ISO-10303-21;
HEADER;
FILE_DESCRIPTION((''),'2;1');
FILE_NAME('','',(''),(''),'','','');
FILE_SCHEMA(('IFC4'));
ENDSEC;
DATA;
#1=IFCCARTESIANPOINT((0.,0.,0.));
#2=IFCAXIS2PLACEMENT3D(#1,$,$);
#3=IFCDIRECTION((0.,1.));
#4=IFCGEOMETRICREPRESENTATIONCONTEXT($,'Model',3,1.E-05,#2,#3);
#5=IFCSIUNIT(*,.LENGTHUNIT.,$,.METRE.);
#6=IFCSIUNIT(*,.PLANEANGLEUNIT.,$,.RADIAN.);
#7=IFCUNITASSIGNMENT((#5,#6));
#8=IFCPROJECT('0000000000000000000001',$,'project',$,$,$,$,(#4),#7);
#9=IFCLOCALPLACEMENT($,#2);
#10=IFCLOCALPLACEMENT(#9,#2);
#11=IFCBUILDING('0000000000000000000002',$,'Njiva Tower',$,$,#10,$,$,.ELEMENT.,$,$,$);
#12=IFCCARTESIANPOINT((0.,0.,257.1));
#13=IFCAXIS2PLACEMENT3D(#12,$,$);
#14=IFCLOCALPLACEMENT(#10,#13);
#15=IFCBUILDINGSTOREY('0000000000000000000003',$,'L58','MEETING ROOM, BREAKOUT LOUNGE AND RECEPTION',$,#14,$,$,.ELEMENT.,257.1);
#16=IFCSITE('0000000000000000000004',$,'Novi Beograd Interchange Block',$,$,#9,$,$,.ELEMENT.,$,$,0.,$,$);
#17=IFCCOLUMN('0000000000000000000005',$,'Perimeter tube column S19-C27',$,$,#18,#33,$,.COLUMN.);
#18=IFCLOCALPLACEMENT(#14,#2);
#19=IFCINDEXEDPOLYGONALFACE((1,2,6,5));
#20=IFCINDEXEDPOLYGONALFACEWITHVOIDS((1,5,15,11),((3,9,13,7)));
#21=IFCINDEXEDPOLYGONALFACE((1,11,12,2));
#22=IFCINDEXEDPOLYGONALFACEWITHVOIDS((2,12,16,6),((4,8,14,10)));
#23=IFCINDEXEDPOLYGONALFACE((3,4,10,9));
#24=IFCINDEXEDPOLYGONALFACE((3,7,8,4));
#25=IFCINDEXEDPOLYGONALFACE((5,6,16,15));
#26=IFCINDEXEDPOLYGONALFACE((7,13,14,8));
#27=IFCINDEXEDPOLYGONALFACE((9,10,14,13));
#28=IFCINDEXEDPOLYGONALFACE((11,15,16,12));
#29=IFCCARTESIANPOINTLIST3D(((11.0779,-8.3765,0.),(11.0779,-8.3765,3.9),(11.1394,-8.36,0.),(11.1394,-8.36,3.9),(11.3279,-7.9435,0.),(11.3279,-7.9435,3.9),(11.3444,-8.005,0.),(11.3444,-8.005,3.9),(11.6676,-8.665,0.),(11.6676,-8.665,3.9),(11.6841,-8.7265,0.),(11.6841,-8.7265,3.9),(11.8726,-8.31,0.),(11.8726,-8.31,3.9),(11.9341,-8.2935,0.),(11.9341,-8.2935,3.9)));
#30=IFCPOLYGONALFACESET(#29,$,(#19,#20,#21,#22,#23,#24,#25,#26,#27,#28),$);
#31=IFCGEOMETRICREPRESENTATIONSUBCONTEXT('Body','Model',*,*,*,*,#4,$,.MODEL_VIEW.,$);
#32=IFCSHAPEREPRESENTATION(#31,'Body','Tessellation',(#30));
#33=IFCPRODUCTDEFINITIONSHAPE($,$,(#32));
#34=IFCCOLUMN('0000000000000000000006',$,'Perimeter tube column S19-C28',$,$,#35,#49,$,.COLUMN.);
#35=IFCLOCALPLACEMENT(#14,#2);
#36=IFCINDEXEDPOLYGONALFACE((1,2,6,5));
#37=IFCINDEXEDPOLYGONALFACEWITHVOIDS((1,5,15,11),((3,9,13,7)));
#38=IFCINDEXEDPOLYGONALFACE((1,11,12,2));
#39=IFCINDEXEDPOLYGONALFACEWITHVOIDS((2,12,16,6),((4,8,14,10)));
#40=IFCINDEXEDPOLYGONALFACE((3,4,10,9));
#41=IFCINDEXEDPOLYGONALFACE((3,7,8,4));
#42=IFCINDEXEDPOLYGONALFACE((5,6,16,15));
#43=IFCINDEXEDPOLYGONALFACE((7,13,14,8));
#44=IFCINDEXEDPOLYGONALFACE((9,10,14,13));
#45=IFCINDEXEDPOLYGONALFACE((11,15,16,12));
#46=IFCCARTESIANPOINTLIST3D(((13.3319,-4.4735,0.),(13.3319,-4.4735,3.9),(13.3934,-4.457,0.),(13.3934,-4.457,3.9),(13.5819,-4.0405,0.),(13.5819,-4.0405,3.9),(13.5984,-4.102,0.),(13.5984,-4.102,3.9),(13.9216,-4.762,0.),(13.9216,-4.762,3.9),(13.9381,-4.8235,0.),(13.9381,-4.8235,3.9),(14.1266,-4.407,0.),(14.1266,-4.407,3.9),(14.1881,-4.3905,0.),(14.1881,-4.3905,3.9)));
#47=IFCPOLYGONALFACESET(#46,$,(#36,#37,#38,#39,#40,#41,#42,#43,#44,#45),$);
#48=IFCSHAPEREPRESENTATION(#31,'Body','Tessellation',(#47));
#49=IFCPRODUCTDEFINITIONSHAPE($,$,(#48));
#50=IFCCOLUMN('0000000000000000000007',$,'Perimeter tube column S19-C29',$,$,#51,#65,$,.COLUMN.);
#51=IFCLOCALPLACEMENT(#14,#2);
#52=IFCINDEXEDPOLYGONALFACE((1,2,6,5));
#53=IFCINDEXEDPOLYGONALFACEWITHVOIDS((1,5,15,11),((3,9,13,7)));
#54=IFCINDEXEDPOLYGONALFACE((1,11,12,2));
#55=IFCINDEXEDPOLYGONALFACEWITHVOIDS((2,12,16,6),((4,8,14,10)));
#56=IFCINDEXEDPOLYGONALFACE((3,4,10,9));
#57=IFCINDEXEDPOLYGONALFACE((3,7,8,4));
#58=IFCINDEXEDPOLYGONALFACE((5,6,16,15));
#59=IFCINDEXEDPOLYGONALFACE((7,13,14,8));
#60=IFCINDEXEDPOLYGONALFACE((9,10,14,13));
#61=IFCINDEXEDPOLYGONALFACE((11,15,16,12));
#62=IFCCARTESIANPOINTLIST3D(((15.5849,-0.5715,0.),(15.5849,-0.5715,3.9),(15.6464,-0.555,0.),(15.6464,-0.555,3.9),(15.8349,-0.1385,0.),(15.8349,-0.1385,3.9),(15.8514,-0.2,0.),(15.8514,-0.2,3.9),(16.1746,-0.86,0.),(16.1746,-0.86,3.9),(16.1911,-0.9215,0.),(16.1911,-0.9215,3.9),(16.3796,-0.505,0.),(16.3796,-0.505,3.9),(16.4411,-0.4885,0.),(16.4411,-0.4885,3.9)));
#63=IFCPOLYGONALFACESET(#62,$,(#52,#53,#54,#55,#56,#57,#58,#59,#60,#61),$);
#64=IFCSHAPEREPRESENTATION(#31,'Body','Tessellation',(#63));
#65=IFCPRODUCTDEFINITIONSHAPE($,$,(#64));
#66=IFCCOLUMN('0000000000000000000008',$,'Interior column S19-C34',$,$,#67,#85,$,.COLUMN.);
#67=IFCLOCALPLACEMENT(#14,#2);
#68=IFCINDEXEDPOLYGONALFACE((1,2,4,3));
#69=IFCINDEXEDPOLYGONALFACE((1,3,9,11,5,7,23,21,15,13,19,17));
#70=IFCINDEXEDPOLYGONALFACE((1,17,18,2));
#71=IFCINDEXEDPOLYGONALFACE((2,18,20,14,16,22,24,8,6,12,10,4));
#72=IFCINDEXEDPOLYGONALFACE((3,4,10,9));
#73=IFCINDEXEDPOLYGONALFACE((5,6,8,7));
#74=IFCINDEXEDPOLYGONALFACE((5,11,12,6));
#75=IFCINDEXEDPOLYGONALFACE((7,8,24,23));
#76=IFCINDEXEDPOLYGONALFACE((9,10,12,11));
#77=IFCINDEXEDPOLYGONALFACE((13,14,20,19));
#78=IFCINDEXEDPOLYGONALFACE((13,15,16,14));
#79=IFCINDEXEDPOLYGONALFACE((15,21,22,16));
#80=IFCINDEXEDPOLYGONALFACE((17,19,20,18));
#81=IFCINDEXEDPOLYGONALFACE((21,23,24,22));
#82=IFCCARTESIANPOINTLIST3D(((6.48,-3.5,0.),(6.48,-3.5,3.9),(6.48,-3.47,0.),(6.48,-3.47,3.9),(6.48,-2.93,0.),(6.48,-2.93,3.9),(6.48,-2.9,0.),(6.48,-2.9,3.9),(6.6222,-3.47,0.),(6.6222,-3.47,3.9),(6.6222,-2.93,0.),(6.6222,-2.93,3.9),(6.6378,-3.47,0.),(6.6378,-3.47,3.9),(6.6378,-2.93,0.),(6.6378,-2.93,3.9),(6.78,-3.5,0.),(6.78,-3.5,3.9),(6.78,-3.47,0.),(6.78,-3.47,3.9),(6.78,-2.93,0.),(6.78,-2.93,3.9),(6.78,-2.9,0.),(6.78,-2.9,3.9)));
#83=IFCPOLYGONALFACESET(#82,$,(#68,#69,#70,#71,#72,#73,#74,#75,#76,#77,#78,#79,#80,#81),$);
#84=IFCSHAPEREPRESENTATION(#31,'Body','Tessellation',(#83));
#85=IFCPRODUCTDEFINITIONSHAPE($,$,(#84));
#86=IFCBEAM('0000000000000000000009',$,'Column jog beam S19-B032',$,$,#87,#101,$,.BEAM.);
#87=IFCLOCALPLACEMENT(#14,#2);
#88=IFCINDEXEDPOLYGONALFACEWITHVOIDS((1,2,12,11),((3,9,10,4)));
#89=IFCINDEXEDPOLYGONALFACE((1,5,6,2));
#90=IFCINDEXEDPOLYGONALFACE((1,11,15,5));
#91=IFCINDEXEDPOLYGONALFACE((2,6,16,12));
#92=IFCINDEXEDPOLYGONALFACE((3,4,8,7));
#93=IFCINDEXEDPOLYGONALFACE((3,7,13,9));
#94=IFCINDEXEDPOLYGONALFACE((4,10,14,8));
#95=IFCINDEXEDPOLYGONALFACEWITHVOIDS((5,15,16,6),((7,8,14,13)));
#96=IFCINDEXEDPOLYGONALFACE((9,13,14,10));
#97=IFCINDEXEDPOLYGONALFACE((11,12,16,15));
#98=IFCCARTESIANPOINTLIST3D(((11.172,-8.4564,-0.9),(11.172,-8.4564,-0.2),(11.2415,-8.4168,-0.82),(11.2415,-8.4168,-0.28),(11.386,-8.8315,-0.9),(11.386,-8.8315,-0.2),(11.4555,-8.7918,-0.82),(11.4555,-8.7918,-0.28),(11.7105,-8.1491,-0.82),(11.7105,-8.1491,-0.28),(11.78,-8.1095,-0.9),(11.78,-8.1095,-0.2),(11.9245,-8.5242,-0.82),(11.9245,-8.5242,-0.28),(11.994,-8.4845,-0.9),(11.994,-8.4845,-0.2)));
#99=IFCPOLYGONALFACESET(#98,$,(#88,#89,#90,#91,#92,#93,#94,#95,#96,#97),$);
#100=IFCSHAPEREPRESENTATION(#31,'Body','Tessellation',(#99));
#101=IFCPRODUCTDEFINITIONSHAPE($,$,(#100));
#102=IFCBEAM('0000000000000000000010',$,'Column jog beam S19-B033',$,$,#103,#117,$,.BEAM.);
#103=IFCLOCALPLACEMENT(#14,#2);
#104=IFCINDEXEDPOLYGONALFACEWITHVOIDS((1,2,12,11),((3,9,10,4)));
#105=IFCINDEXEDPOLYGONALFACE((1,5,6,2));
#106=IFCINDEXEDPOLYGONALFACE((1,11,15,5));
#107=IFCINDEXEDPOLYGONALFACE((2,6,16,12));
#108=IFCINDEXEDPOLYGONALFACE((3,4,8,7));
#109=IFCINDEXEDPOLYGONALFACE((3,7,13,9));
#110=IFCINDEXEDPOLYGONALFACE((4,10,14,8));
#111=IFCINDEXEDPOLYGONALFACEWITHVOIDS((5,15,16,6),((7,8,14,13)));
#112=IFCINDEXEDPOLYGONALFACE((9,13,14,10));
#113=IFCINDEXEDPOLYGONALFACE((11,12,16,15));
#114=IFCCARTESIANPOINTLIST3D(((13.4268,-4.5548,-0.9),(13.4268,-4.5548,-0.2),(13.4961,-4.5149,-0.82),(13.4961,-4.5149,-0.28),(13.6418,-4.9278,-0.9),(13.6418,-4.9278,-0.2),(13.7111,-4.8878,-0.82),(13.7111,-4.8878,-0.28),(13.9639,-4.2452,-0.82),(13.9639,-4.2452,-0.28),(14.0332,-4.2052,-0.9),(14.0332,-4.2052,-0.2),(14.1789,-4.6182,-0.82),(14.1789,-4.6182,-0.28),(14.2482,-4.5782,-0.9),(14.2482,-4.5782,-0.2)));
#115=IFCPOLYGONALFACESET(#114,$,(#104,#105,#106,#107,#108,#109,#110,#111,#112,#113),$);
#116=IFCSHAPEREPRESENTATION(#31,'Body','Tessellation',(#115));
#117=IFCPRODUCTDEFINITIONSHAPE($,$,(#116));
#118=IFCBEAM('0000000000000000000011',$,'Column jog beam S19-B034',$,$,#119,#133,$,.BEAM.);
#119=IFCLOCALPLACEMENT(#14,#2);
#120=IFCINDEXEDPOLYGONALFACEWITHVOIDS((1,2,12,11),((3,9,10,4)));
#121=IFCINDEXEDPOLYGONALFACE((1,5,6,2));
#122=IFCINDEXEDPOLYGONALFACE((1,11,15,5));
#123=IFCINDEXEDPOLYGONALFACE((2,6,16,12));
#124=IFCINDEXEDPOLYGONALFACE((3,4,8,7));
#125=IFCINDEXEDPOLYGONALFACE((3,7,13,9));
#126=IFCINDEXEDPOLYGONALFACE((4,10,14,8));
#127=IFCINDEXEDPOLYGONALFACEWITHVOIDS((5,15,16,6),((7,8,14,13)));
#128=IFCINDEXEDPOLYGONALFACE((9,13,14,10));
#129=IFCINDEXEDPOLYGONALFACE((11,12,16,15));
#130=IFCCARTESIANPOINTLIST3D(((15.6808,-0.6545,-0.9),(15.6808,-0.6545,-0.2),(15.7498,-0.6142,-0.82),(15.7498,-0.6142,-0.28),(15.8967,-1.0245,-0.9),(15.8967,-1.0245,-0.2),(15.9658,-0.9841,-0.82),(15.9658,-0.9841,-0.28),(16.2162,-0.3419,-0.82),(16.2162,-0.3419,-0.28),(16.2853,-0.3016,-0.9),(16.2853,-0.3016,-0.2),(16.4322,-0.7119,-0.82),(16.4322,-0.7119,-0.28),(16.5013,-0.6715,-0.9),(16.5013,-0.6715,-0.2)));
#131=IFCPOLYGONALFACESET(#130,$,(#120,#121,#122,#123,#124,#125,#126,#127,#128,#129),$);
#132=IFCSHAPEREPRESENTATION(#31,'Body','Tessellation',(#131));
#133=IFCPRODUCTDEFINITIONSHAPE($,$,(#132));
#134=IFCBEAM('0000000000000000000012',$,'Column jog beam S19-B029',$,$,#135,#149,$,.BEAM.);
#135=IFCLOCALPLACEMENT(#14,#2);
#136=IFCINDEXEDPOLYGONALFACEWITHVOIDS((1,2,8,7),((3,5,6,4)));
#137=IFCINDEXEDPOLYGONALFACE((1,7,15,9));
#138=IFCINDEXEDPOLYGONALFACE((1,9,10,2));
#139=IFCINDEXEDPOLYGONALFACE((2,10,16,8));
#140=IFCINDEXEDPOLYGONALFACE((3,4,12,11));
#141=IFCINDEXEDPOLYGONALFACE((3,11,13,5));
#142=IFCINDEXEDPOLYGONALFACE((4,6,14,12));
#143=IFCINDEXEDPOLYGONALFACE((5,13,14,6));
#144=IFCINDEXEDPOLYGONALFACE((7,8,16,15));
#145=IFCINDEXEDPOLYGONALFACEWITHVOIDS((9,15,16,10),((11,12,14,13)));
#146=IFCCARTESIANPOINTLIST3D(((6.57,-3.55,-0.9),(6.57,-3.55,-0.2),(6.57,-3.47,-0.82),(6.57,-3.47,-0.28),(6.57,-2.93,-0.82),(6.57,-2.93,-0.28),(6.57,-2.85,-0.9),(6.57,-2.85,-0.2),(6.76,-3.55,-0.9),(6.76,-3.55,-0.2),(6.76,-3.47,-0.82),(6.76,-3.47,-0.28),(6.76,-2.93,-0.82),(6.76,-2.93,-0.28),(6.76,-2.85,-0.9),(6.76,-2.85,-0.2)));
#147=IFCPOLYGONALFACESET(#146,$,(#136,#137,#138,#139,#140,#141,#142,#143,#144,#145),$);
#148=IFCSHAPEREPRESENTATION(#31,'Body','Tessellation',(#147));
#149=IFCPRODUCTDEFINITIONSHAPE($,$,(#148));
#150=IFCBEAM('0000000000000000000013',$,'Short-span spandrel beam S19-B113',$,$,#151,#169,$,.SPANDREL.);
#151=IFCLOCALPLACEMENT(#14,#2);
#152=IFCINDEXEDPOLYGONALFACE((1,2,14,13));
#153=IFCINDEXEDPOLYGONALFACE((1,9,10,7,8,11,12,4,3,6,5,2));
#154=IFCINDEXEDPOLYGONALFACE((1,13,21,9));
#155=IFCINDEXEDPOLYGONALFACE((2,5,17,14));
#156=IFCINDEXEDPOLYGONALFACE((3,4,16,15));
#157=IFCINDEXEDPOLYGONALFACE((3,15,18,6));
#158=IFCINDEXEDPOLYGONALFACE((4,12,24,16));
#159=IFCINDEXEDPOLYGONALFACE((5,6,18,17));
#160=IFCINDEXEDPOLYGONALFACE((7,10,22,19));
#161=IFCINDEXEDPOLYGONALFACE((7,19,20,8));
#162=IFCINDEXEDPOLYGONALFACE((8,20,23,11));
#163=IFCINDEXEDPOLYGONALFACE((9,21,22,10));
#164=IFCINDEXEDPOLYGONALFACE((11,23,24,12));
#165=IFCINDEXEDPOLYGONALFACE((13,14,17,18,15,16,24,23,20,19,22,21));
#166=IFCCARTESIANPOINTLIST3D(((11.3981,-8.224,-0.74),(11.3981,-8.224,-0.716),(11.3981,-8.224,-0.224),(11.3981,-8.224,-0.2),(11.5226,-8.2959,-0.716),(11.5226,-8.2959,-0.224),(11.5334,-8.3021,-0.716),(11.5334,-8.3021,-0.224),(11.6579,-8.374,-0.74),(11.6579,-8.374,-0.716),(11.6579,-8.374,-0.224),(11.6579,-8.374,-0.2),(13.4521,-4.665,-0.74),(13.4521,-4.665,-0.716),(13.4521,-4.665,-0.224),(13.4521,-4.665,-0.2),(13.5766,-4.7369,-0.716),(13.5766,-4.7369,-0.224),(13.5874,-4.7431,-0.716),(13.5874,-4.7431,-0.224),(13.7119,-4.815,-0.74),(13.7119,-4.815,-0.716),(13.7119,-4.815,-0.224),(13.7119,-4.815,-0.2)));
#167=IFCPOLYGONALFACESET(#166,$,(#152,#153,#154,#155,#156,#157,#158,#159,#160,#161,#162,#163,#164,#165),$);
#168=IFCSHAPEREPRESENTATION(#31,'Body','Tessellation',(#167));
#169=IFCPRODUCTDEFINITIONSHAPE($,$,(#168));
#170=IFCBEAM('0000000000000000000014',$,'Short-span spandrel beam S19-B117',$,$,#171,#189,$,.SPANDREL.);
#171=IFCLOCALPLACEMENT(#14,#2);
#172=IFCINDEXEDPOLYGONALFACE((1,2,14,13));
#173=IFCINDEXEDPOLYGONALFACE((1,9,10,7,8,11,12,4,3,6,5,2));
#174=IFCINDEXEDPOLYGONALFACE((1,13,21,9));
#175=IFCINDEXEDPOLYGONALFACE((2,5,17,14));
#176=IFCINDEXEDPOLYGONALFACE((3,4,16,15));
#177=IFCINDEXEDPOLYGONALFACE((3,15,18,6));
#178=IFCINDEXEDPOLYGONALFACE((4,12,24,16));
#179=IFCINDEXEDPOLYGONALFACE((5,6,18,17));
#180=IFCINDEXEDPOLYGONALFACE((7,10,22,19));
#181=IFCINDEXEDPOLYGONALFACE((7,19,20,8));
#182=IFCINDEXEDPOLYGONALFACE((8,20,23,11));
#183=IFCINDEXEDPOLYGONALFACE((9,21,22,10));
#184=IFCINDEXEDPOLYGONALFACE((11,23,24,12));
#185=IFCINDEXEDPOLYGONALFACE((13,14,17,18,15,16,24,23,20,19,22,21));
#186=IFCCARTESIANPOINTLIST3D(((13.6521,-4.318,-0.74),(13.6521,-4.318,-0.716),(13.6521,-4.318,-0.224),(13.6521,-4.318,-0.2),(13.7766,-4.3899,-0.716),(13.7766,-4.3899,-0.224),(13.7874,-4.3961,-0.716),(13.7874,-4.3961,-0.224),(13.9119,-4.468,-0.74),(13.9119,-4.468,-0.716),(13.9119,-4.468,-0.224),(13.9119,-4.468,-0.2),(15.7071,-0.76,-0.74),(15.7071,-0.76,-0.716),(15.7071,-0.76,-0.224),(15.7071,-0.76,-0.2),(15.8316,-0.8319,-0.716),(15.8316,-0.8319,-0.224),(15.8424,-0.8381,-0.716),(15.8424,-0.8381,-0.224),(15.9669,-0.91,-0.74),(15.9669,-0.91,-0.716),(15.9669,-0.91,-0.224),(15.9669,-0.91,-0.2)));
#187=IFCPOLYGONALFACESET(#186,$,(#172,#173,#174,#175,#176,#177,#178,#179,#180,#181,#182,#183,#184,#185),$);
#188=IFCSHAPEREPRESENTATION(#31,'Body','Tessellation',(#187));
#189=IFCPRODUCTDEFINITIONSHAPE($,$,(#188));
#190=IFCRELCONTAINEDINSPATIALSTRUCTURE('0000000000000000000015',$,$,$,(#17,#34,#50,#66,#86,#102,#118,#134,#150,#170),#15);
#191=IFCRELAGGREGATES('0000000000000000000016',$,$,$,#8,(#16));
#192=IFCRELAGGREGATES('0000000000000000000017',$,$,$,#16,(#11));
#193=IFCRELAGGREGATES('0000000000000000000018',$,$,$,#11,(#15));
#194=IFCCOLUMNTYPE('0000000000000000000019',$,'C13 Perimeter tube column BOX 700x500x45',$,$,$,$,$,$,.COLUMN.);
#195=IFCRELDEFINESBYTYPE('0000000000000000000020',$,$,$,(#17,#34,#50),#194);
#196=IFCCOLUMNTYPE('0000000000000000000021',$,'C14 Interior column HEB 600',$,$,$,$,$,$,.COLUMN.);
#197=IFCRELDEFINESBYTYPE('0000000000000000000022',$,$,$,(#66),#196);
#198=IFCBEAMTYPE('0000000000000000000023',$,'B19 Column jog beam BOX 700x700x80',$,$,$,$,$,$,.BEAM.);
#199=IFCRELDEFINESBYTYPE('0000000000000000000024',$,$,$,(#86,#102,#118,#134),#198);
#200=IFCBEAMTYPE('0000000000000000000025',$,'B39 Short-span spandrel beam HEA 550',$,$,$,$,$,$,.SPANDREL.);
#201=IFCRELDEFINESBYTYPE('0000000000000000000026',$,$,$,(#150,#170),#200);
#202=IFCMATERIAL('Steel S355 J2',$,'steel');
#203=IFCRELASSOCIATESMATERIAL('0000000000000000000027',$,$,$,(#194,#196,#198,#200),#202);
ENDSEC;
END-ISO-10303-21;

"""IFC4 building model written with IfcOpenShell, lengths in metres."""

from ifc_helpers import new_model, si_unit, direction, frame, origin, origin_2d, place, context, subcontext, project, spatial, hollow_rectangle, i_section, extrude, material, material_profile, profile_set, type_object, element, save


model = new_model("IFC4")

# Units and contexts
model_context = context("Model", 3, precision=1e-05, world=origin(), true_north=direction((0.0, 1.0)))
body_context = subcontext(model_context, "Body", "Model", "MODEL_VIEW")
ifc_project = project(units=[si_unit("LENGTHUNIT", "METRE"), si_unit("PLANEANGLEUNIT", "RADIAN")], contexts=[model_context])

# Site, building, storey
site_placement = place(None, origin())
site = spatial("IfcSite", under=ifc_project, at=site_placement, Name="Novi Beograd Interchange Block", CompositionType="ELEMENT", RefElevation=0.0)
building_placement = place(site_placement, origin())
building = spatial("IfcBuilding", under=site, at=building_placement, Name="Njiva Tower", CompositionType="ELEMENT")
storey_placement = place(building_placement, frame((0.0, 0.0, 257.1)))
storey = spatial("IfcBuildingStorey", under=building, at=storey_placement, Name="L58", Description="MEETING ROOM, BREAKOUT LOUNGE AND RECEPTION", CompositionType="ELEMENT", Elevation=257.1)

# Columns
ifc_material_1 = material(Name="Steel S355 J2", Category="steel")
ifc_material_profile_1 = material_profile(ifc_material_1, hollow_rectangle(XDim=0.5, YDim=0.7, WallThickness=0.045, at=origin_2d()), Name="BOX 700x500x45")
ifc_profile_set_1 = profile_set([ifc_material_profile_1], Name="Steel S355 J2")
column_type_1 = type_object("IfcColumnType", Name="C13 Perimeter tube column BOX 700x500x45", PredefinedType="COLUMN", material=ifc_profile_set_1)
for number, where, z_axis, x_axis, name in (
    (1, (11.506, -8.335, 0.0), (0.0, 0.0, 1.0), (0.5, 0.866025, 0.0), "Perimeter tube column S19-C27"),
    (2, (13.76, -4.432, 0.0), (0.0, 0.0, 1.0), (0.5, 0.866025, 0.0), "Perimeter tube column S19-C28"),
    (3, (16.013, -0.53, 0.0), (0.0, 0.0, 1.0), (0.5, 0.866025, 0.0), "Perimeter tube column S19-C29"),
):
    element("IfcColumn", number, at=place(storey_placement, frame(where, z_axis=z_axis, x_axis=x_axis)), inside=storey, type_object=column_type_1, Name=name, PredefinedType="COLUMN", context=body_context, shape_type="SweptSolid", body=[
        extrude(hollow_rectangle(XDim=0.5, YDim=0.7, WallThickness=0.045, at=origin_2d()), origin(), (0.0, 0.0, 1.0), 3.9),
    ])
ifc_material_profile_2 = material_profile(ifc_material_1, i_section(OverallWidth=0.3, OverallDepth=0.6, WebThickness=0.0155, FlangeThickness=0.03, at=origin_2d()), Name="HEB 600")
ifc_profile_set_2 = profile_set([ifc_material_profile_2], Name="Steel S355 J2")
column_type_2 = type_object("IfcColumnType", Name="C14 Interior column HEB 600", PredefinedType="COLUMN", material=ifc_profile_set_2)
column_placement = place(storey_placement, frame((6.63, -3.2, 0.0), z_axis=(0.0, 0.0, 1.0), x_axis=(1.0, 0.0, 0.0)))
element("IfcColumn", 4, at=column_placement, inside=storey, type_object=column_type_2, Name="Interior column S19-C34", PredefinedType="COLUMN", context=body_context, shape_type="SweptSolid", body=[
    extrude(i_section(OverallWidth=0.3, OverallDepth=0.6, WebThickness=0.0155, FlangeThickness=0.03, at=origin_2d()), origin(), (0.0, 0.0, 1.0), 3.9),
])

# Beams
ifc_material_profile_3 = material_profile(ifc_material_1, hollow_rectangle(XDim=0.7, YDim=0.7, WallThickness=0.08, at=origin_2d()), Name="BOX 700x700x80")
ifc_profile_set_3 = profile_set([ifc_material_profile_3], Name="Steel S355 J2")
beam_type_1 = type_object("IfcBeamType", Name="B19 Column jog beam BOX 700x700x80", PredefinedType="BEAM", material=ifc_profile_set_3)
beam_1_placement = place(storey_placement, frame((11.69, -8.658, -0.55), z_axis=(-0.49564, 0.868528, 0.0), x_axis=(-0.868528, -0.49564, 0.0)))
element("IfcBeam", 5, at=beam_1_placement, inside=storey, type_object=beam_type_1, Name="Column jog beam S19-B032", PredefinedType="BEAM", context=body_context, shape_type="SweptSolid", body=[
    extrude(hollow_rectangle(XDim=0.7, YDim=0.7, WallThickness=0.08, at=origin_2d()), origin(), (0.0, 0.0, 1.0), 0.4318),
])
beam_2_placement = place(storey_placement, frame((13.945, -4.753, -0.55), z_axis=(-0.499387, 0.866379, 0.0), x_axis=(-0.866379, -0.499387, 0.0)))
element("IfcBeam", 6, at=beam_2_placement, inside=storey, type_object=beam_type_1, Name="Column jog beam S19-B033", PredefinedType="BEAM", context=body_context, shape_type="SweptSolid", body=[
    extrude(hollow_rectangle(XDim=0.7, YDim=0.7, WallThickness=0.08, at=origin_2d()), origin(), (0.0, 0.0, 1.0), 0.4305),
])
beam_3_placement = place(storey_placement, frame((16.199, -0.848, -0.55), z_axis=(-0.504161, 0.86361, 0.0), x_axis=(-0.86361, -0.504161, 0.0)))
element("IfcBeam", 7, at=beam_3_placement, inside=storey, type_object=beam_type_1, Name="Column jog beam S19-B034", PredefinedType="BEAM", context=body_context, shape_type="SweptSolid", body=[
    extrude(hollow_rectangle(XDim=0.7, YDim=0.7, WallThickness=0.08, at=origin_2d()), origin(), (0.0, 0.0, 1.0), 0.4284),
])
beam_4_placement = place(storey_placement, frame((6.76, -3.2, -0.55), z_axis=(-1.0, 0.0, 0.0), x_axis=(0.0, -1.0, 0.0)))
element("IfcBeam", 8, at=beam_4_placement, inside=storey, type_object=beam_type_1, Name="Column jog beam S19-B029", PredefinedType="BEAM", context=body_context, shape_type="SweptSolid", body=[
    extrude(hollow_rectangle(XDim=0.7, YDim=0.7, WallThickness=0.08, at=origin_2d()), origin(), (0.0, 0.0, 1.0), 0.19),
])
ifc_material_profile_4 = material_profile(ifc_material_1, i_section(OverallWidth=0.3, OverallDepth=0.54, WebThickness=0.0125, FlangeThickness=0.024, at=origin_2d()), Name="HEA 550")
ifc_profile_set_4 = profile_set([ifc_material_profile_4], Name="Steel S355 J2")
beam_type_2 = type_object("IfcBeamType", Name="B39 Short-span spandrel beam HEA 550", PredefinedType="SPANDREL", material=ifc_profile_set_4)
beam_5_placement = place(storey_placement, frame((11.528, -8.299, -0.47), z_axis=(0.499856, 0.866109, 0.0), x_axis=(-0.866109, 0.499856, 0.0)))
element("IfcBeam", 9, at=beam_5_placement, inside=storey, type_object=beam_type_2, Name="Short-span spandrel beam S19-B113", PredefinedType="SPANDREL", context=body_context, shape_type="SweptSolid", body=[
    extrude(i_section(OverallWidth=0.3, OverallDepth=0.54, WebThickness=0.0125, FlangeThickness=0.024, at=origin_2d()), origin(), (0.0, 0.0, 1.0), 4.1092),
])
beam_6_placement = place(storey_placement, frame((13.782, -4.393, -0.47), z_axis=(0.500144, 0.865942, 0.0), x_axis=(-0.865942, 0.500144, 0.0)))
element("IfcBeam", 10, at=beam_6_placement, inside=storey, type_object=beam_type_2, Name="Short-span spandrel beam S19-B117", PredefinedType="SPANDREL", context=body_context, shape_type="SweptSolid", body=[
    extrude(i_section(OverallWidth=0.3, OverallDepth=0.54, WebThickness=0.0125, FlangeThickness=0.024, at=origin_2d()), origin(), (0.0, 0.0, 1.0), 4.1088),
])

save(model, "model.ifc")
